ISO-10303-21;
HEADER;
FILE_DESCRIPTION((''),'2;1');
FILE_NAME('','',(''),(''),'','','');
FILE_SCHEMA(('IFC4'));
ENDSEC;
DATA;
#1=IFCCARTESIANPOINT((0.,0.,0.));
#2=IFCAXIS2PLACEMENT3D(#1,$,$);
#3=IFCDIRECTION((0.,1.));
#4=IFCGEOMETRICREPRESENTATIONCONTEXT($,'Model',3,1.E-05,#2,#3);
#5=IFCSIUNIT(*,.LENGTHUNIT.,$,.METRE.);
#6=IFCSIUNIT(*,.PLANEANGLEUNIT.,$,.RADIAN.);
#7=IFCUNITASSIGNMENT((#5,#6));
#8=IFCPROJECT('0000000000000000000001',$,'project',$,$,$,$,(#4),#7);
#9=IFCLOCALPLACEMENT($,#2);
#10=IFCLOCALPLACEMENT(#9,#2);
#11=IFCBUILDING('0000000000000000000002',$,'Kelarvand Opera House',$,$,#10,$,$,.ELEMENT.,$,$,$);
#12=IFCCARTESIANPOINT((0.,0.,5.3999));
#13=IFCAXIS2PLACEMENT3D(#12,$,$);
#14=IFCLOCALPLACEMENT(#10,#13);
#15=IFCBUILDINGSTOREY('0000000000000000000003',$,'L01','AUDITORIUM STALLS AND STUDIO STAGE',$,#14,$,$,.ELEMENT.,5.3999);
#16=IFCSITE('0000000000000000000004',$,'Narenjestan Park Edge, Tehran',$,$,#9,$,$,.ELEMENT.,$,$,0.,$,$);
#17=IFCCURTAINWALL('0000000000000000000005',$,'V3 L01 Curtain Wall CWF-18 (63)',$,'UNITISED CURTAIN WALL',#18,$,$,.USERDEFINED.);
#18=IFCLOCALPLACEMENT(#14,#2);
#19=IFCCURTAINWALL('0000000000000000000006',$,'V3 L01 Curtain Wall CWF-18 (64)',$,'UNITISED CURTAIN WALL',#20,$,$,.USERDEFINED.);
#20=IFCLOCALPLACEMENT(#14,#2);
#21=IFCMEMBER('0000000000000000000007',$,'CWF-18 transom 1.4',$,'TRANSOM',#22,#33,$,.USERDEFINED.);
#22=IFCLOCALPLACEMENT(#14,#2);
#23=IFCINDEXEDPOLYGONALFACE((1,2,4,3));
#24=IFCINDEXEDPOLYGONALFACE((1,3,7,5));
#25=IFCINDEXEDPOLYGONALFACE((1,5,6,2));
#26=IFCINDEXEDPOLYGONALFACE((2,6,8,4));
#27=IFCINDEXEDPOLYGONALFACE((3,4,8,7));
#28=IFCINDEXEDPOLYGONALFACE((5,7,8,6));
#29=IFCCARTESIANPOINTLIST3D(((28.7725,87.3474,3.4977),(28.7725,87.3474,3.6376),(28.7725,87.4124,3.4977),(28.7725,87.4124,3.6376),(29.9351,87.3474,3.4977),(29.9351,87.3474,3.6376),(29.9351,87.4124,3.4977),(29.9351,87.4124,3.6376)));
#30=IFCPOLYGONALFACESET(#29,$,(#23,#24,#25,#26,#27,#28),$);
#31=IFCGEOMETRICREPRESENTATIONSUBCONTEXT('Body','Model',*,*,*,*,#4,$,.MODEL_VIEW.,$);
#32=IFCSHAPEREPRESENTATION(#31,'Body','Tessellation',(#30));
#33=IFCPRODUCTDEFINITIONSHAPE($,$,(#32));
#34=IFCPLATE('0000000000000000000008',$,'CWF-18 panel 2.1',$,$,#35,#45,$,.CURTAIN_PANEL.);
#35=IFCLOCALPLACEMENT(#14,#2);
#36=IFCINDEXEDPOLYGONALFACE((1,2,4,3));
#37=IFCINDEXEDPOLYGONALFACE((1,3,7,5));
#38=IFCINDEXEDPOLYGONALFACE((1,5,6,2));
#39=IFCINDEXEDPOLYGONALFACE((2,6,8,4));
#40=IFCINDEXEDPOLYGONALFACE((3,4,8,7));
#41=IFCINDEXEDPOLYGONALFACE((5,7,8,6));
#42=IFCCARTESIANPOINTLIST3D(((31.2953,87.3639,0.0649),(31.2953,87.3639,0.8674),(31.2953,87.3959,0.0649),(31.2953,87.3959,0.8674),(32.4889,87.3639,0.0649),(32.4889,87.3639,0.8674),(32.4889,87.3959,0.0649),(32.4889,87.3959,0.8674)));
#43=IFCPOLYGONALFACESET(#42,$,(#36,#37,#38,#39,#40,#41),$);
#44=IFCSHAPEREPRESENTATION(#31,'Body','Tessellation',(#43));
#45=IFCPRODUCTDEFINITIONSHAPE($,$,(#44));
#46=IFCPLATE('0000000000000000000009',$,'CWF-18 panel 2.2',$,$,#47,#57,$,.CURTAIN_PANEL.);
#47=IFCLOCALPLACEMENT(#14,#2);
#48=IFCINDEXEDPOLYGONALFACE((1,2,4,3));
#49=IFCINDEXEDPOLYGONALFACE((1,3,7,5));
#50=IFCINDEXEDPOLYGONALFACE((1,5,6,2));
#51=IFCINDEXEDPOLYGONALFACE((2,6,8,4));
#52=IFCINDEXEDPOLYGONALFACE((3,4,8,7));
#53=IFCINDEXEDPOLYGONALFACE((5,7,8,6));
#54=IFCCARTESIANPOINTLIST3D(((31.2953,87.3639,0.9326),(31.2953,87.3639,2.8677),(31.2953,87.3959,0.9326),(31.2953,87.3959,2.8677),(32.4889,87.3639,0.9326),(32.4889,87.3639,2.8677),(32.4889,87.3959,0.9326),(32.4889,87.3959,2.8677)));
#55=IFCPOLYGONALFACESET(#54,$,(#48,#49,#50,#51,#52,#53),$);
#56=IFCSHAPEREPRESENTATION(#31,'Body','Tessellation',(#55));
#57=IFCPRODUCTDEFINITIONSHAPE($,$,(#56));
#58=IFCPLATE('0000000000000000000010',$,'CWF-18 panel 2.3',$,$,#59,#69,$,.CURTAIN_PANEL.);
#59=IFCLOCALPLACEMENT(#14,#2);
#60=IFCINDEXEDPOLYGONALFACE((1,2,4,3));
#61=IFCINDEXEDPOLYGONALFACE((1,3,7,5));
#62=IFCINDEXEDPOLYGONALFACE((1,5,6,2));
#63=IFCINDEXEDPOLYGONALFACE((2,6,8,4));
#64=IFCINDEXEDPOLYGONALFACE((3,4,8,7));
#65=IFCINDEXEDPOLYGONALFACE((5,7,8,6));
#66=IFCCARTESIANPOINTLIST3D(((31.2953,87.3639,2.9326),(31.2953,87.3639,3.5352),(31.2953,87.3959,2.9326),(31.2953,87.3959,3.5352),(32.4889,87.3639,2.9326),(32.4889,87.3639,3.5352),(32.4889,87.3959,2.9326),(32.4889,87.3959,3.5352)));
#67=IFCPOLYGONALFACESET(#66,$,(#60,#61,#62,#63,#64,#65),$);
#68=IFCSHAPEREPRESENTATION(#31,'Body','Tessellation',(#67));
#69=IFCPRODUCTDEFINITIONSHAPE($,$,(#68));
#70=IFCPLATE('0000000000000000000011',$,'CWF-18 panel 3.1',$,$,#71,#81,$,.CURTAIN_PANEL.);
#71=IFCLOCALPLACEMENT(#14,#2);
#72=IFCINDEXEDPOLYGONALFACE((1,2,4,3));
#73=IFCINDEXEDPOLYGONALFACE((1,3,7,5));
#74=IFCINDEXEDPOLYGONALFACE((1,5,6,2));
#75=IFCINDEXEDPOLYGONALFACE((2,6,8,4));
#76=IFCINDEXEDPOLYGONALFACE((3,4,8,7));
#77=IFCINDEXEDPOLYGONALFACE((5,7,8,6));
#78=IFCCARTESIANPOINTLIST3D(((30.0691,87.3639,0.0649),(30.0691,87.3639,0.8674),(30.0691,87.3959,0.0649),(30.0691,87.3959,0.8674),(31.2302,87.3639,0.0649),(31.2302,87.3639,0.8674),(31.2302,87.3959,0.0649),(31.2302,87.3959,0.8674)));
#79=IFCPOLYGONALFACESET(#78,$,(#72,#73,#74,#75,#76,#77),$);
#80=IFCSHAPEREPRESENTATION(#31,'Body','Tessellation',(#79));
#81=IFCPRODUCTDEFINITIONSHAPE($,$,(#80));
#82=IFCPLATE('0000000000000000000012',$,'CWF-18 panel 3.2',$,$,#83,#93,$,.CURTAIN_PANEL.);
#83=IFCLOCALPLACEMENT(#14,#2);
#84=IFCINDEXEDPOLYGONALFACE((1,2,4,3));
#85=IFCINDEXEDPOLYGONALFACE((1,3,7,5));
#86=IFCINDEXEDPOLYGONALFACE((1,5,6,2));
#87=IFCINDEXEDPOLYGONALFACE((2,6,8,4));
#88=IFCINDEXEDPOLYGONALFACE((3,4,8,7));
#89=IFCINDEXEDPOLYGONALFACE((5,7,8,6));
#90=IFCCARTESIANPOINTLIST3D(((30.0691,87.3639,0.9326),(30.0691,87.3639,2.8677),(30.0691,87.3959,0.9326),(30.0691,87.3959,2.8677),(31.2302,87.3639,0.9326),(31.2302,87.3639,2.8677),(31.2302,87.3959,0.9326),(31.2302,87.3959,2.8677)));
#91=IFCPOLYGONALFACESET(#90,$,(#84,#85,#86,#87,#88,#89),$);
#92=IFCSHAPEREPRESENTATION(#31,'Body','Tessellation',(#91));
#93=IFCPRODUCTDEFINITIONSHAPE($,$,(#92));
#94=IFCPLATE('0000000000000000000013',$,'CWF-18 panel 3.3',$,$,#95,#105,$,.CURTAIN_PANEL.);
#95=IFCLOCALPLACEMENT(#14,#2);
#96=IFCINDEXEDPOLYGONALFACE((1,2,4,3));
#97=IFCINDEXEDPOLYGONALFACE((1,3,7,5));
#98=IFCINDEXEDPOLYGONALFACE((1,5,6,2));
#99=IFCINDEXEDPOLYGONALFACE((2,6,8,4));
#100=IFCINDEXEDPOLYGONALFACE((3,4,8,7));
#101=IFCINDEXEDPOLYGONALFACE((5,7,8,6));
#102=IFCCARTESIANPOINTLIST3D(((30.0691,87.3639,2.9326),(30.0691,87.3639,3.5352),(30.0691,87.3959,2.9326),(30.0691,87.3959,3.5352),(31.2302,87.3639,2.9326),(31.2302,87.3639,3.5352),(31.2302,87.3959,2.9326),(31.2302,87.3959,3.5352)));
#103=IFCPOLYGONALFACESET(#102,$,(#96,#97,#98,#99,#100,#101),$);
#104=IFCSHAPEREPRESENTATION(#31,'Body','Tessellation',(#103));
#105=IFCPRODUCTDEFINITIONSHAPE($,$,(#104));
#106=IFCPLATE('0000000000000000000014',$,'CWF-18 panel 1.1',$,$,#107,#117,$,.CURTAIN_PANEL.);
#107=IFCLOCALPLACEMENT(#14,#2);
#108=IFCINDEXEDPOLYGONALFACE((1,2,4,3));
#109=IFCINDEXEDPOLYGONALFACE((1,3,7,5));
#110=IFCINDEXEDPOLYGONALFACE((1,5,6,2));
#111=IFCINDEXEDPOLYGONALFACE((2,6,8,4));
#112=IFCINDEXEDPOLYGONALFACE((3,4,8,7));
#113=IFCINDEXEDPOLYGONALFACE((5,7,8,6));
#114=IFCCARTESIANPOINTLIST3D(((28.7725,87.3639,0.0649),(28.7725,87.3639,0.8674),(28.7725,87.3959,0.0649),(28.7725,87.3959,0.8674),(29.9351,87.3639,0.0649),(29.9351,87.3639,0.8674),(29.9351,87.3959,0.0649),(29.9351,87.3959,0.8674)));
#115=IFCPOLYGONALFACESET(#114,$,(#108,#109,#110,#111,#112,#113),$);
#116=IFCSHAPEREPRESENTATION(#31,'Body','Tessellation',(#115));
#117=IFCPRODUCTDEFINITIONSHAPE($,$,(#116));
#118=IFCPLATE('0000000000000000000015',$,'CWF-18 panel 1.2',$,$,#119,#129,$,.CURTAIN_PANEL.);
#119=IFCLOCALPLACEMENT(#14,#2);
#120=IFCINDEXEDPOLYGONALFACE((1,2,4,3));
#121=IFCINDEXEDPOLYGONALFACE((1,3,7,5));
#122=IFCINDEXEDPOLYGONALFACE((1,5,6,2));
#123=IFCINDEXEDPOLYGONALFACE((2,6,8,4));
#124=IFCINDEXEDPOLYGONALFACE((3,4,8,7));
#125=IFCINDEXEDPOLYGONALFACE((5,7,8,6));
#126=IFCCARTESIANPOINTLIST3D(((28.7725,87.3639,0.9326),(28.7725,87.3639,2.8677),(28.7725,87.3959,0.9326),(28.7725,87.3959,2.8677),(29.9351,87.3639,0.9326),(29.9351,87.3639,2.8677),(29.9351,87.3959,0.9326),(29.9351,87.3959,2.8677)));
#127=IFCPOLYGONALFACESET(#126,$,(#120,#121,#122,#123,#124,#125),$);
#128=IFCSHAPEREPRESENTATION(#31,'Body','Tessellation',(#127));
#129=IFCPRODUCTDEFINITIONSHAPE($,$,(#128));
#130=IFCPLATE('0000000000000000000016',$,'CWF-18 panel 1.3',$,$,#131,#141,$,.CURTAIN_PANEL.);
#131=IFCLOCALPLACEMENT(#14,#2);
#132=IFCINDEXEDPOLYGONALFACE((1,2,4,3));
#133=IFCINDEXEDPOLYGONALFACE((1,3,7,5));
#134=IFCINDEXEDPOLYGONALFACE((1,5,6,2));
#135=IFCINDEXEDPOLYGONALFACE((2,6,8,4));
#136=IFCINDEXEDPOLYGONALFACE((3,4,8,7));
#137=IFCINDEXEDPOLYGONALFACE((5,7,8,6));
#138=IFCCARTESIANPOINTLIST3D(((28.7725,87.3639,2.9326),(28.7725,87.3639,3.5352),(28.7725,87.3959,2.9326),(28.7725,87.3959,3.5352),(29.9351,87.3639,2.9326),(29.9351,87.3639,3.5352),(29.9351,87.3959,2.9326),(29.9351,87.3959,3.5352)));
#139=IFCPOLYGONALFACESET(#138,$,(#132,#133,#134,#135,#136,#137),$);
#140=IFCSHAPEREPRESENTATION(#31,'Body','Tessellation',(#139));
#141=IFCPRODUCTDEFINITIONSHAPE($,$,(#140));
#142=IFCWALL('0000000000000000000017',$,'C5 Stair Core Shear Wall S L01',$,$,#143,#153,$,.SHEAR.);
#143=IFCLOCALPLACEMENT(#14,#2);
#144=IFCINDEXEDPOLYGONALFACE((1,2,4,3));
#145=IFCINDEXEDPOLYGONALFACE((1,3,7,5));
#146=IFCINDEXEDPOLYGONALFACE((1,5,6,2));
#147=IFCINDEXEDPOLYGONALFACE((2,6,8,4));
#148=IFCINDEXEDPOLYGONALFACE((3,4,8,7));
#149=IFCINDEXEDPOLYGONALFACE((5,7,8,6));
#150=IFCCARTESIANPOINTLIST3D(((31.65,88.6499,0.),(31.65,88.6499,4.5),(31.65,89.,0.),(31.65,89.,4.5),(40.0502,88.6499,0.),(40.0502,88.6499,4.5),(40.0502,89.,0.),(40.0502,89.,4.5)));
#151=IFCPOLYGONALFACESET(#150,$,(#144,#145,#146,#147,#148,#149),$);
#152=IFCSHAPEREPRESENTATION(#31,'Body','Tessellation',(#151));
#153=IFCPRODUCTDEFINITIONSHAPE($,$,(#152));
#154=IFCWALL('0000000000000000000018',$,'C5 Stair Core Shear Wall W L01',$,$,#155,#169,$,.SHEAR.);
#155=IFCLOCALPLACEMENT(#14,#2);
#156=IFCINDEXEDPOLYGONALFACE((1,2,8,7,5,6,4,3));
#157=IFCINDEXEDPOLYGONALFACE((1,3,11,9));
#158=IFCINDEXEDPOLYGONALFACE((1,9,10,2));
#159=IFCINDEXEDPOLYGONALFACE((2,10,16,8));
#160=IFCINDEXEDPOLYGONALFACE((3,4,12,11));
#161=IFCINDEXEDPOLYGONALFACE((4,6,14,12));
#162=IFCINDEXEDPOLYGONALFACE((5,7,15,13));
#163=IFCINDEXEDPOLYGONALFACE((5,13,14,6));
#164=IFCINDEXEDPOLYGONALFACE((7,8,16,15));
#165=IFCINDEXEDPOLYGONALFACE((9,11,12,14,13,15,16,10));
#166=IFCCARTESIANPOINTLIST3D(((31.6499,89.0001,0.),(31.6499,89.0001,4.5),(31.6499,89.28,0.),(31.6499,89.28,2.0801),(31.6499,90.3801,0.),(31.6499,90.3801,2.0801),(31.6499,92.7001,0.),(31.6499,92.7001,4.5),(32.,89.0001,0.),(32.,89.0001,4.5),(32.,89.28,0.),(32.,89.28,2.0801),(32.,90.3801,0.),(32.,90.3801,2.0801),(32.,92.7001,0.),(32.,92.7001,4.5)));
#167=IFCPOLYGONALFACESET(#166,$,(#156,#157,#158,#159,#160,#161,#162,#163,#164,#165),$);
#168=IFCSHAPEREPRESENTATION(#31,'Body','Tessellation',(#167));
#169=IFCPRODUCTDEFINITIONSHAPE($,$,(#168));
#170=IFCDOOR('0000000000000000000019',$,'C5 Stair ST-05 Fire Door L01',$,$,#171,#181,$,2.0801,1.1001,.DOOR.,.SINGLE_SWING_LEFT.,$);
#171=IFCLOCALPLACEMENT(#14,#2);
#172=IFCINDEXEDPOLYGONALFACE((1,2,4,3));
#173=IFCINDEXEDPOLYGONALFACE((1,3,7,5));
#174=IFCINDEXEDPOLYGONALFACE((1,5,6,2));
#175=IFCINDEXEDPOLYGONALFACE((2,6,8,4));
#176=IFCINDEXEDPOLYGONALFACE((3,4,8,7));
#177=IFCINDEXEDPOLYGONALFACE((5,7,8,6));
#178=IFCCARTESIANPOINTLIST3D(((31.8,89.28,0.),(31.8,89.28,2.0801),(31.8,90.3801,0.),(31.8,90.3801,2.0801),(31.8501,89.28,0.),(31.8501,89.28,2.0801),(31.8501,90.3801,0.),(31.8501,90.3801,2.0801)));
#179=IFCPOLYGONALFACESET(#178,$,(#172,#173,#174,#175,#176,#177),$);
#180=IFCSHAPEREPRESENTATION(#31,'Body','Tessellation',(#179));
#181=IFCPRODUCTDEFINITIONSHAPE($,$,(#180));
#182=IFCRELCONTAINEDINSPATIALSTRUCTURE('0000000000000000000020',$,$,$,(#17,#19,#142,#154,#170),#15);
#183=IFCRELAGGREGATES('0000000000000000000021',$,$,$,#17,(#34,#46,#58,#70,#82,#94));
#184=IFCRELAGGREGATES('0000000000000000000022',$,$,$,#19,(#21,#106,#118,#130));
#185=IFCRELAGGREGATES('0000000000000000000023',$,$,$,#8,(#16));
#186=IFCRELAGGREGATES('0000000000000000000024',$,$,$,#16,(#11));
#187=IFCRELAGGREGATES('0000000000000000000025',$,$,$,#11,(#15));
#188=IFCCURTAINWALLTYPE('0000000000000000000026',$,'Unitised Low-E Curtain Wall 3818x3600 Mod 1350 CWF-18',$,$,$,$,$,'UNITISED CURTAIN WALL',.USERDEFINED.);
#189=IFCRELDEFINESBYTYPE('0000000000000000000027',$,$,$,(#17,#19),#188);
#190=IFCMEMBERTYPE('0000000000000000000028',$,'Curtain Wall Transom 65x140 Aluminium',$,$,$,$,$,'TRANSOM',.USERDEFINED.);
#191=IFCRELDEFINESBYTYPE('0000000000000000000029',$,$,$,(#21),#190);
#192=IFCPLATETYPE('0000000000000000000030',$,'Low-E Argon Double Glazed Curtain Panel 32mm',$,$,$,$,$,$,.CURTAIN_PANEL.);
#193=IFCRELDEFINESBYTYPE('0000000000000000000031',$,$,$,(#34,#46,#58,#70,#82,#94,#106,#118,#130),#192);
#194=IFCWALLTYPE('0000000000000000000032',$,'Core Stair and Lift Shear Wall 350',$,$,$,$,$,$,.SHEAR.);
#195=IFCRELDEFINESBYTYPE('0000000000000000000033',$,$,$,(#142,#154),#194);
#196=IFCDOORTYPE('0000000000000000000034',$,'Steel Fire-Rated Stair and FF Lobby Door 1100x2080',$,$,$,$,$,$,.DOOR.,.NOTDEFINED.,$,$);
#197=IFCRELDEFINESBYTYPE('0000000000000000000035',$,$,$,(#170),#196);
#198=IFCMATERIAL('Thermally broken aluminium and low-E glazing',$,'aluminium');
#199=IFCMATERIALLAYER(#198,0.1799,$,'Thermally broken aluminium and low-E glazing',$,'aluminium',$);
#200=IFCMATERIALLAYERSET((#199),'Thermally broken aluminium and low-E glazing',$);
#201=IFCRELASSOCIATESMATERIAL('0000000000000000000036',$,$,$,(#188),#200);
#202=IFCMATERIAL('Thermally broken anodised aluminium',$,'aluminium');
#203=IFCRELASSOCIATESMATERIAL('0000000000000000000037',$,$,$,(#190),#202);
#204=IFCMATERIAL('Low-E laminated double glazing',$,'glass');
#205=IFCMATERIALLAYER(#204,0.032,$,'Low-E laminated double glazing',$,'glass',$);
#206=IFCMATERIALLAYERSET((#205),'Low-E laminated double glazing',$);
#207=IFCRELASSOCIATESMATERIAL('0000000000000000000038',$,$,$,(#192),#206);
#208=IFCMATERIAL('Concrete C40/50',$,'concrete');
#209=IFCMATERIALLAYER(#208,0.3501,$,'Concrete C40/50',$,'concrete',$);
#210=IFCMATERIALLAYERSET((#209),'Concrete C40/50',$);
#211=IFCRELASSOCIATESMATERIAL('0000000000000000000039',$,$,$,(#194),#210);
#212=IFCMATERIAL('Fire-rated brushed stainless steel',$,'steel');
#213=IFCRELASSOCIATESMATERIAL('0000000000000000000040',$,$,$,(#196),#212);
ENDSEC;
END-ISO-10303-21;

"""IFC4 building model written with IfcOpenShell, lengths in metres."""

from ifc_helpers import new_model, si_unit, direction, frame, frame_2d, origin, origin_2d, place, context, subcontext, project, spatial, rectangle, extrude, material, layer, layer_set, material_profile, profile_set, type_object, element, fill, aggregate, save


model = new_model("IFC4")

# Units and contexts
model_context = context("Model", 3, precision=1e-05, world=origin(), true_north=direction((0.0, 1.0)))
body_context = subcontext(model_context, "Body", "Model", "MODEL_VIEW")
ifc_project = project(units=[si_unit("LENGTHUNIT", "METRE"), si_unit("PLANEANGLEUNIT", "RADIAN")], contexts=[model_context])

# Site, building, storey
site_placement = place(None, origin())
site = spatial("IfcSite", under=ifc_project, at=site_placement, Name="Narenjestan Park Edge, Tehran", CompositionType="ELEMENT", RefElevation=0.0)
building_placement = place(site_placement, origin())
building = spatial("IfcBuilding", under=site, at=building_placement, Name="Kelarvand Opera House", CompositionType="ELEMENT")
storey_placement = place(building_placement, frame((0.0, 0.0, 5.3999)))
storey = spatial("IfcBuildingStorey", under=building, at=storey_placement, Name="L01", Description="AUDITORIUM STALLS AND STUDIO STAGE", CompositionType="ELEMENT", Elevation=5.3999)

# Curtain wall
ifc_material_1 = material(Name="Thermally broken aluminium and low-E glazing", Category="aluminium")
ifc_layer_1 = layer(ifc_material_1, 0.1799, Name="Thermally broken aluminium and low-E glazing", Category="aluminium")
ifc_layer_set_1 = layer_set([ifc_layer_1], Name="Thermally broken aluminium and low-E glazing")
curtain_wall_type = type_object("IfcCurtainWallType", Name="Unitised Low-E Curtain Wall 3818x3600 Mod 1350 CWF-18", ElementType="UNITISED CURTAIN WALL", PredefinedType="USERDEFINED", material=ifc_layer_set_1)
curtain_wall_1_placement = place(storey_placement, origin())
curtain_wall_1 = element("IfcCurtainWall", 1, at=curtain_wall_1_placement, inside=storey, type_object=curtain_wall_type, Name="V3 L01 Curtain Wall CWF-18 (63)", ObjectType="UNITISED CURTAIN WALL", PredefinedType="USERDEFINED")
ifc_material_2 = material(Name="Thermally broken anodised aluminium", Category="aluminium")

# Curtain wall
curtain_wall_2_placement = place(storey_placement, origin())
curtain_wall_2 = element("IfcCurtainWall", 2, at=curtain_wall_2_placement, inside=storey, type_object=curtain_wall_type, Name="V3 L01 Curtain Wall CWF-18 (64)", ObjectType="UNITISED CURTAIN WALL", PredefinedType="USERDEFINED")

# Member
ifc_material_profile_1 = material_profile(ifc_material_2, rectangle(XDim=0.0649, YDim=0.1399, at=origin_2d()), Name="ALU TRANSOM 65x140", Category="aluminium")
ifc_profile_set_1 = profile_set([ifc_material_profile_1], Name="Thermally broken anodised aluminium")
member_type_1 = type_object("IfcMemberType", Name="Curtain Wall Transom 65x140 Aluminium", ElementType="TRANSOM", PredefinedType="USERDEFINED", material=ifc_profile_set_1)
member_1_placement = place(storey_placement, frame((29.9351, 87.3799, 3.5676), z_axis=(-1.0, 0.0, 0.0), x_axis=(0.0, -1.0, 0.0)))
member_1 = element("IfcMember", 3, at=member_1_placement, type_object=member_type_1, Name="CWF-18 transom 1.4", ObjectType="TRANSOM", PredefinedType="USERDEFINED", context=body_context, shape_type="SweptSolid", body=[
    extrude(rectangle(XDim=0.0649, YDim=0.1399, at=origin_2d()), origin(), (0.0, 0.0, 1.0), 1.1626),
])

# Plates
ifc_material_3 = material(Name="Low-E laminated double glazing", Category="glass")
ifc_layer_2 = layer(ifc_material_3, 0.032, Name="Low-E laminated double glazing", Category="glass")
ifc_layer_set_2 = layer_set([ifc_layer_2], Name="Low-E laminated double glazing")
plate_type = type_object("IfcPlateType", Name="Low-E Argon Double Glazed Curtain Panel 32mm", PredefinedType="CURTAIN_PANEL", material=ifc_layer_set_2)
plate_1_placement = place(storey_placement, frame((31.8921, 87.3799, 0.0649), z_axis=(0.0, 0.0, 1.0), x_axis=(-1.0, 0.0, 0.0)))
plate_1 = element("IfcPlate", 4, at=plate_1_placement, type_object=plate_type, Name="CWF-18 panel 2.1", PredefinedType="CURTAIN_PANEL", context=body_context, shape_type="SweptSolid", body=[
    extrude(rectangle(XDim=1.1936, YDim=0.032, at=origin_2d()), origin(), (0.0, 0.0, 1.0), 0.8025),
])
plate_2_placement = place(storey_placement, frame((31.8921, 87.3799, 0.9326), z_axis=(0.0, 0.0, 1.0), x_axis=(-1.0, 0.0, 0.0)))
plate_2 = element("IfcPlate", 5, at=plate_2_placement, type_object=plate_type, Name="CWF-18 panel 2.2", PredefinedType="CURTAIN_PANEL", context=body_context, shape_type="SweptSolid", body=[
    extrude(rectangle(XDim=1.1936, YDim=0.032, at=origin_2d()), origin(), (0.0, 0.0, 1.0), 1.9351),
])
plate_3_placement = place(storey_placement, frame((31.8921, 87.3799, 2.9326), z_axis=(0.0, 0.0, 1.0), x_axis=(-1.0, 0.0, 0.0)))
plate_3 = element("IfcPlate", 6, at=plate_3_placement, type_object=plate_type, Name="CWF-18 panel 2.3", PredefinedType="CURTAIN_PANEL", context=body_context, shape_type="SweptSolid", body=[
    extrude(rectangle(XDim=1.1936, YDim=0.032, at=origin_2d()), origin(), (0.0, 0.0, 1.0), 0.6025),
])
plate_4_placement = place(storey_placement, frame((30.6497, 87.3799, 0.0649), z_axis=(0.0, 0.0, 1.0), x_axis=(-1.0, 0.0, 0.0)))
plate_4 = element("IfcPlate", 7, at=plate_4_placement, type_object=plate_type, Name="CWF-18 panel 3.1", PredefinedType="CURTAIN_PANEL", context=body_context, shape_type="SweptSolid", body=[
    extrude(rectangle(XDim=1.1611, YDim=0.032, at=origin_2d()), origin(), (0.0, 0.0, 1.0), 0.8025),
])
plate_5_placement = place(storey_placement, frame((30.6497, 87.3799, 0.9326), z_axis=(0.0, 0.0, 1.0), x_axis=(-1.0, 0.0, 0.0)))
plate_5 = element("IfcPlate", 8, at=plate_5_placement, type_object=plate_type, Name="CWF-18 panel 3.2", PredefinedType="CURTAIN_PANEL", context=body_context, shape_type="SweptSolid", body=[
    extrude(rectangle(XDim=1.1611, YDim=0.032, at=origin_2d()), origin(), (0.0, 0.0, 1.0), 1.9351),
])
plate_6_placement = place(storey_placement, frame((30.6497, 87.3799, 2.9326), z_axis=(0.0, 0.0, 1.0), x_axis=(-1.0, 0.0, 0.0)))
plate_6 = element("IfcPlate", 9, at=plate_6_placement, type_object=plate_type, Name="CWF-18 panel 3.3", PredefinedType="CURTAIN_PANEL", context=body_context, shape_type="SweptSolid", body=[
    extrude(rectangle(XDim=1.1611, YDim=0.032, at=origin_2d()), origin(), (0.0, 0.0, 1.0), 0.6025),
])
aggregate(curtain_wall_1, [plate_1, plate_2, plate_3, plate_4, plate_5, plate_6])
plate_7_placement = place(storey_placement, frame((29.3538, 87.3799, 0.0649), z_axis=(0.0, 0.0, 1.0), x_axis=(-1.0, 0.0, 0.0)))
plate_7 = element("IfcPlate", 10, at=plate_7_placement, type_object=plate_type, Name="CWF-18 panel 1.1", PredefinedType="CURTAIN_PANEL", context=body_context, shape_type="SweptSolid", body=[
    extrude(rectangle(XDim=1.1626, YDim=0.032, at=origin_2d()), origin(), (0.0, 0.0, 1.0), 0.8025),
])
plate_8_placement = place(storey_placement, frame((29.3538, 87.3799, 0.9326), z_axis=(0.0, 0.0, 1.0), x_axis=(-1.0, 0.0, 0.0)))
plate_8 = element("IfcPlate", 11, at=plate_8_placement, type_object=plate_type, Name="CWF-18 panel 1.2", PredefinedType="CURTAIN_PANEL", context=body_context, shape_type="SweptSolid", body=[
    extrude(rectangle(XDim=1.1626, YDim=0.032, at=origin_2d()), origin(), (0.0, 0.0, 1.0), 1.9351),
])
plate_9_placement = place(storey_placement, frame((29.3538, 87.3799, 2.9326), z_axis=(0.0, 0.0, 1.0), x_axis=(-1.0, 0.0, 0.0)))
plate_9 = element("IfcPlate", 12, at=plate_9_placement, type_object=plate_type, Name="CWF-18 panel 1.3", PredefinedType="CURTAIN_PANEL", context=body_context, shape_type="SweptSolid", body=[
    extrude(rectangle(XDim=1.1626, YDim=0.032, at=origin_2d()), origin(), (0.0, 0.0, 1.0), 0.6025),
])
aggregate(curtain_wall_2, [member_1, plate_7, plate_8, plate_9])

# Wall
ifc_material_4 = material(Name="Concrete C40/50", Category="concrete")
ifc_layer_3 = layer(ifc_material_4, 0.3501, Name="Concrete C40/50", Category="concrete")
ifc_layer_set_3 = layer_set([ifc_layer_3], Name="Concrete C40/50")
wall_type = type_object("IfcWallType", Name="Core Stair and Lift Shear Wall 350", PredefinedType="SHEAR", material=ifc_layer_set_3)
wall_1_placement = place(storey_placement, frame((31.6499, 88.825, 0.0), z_axis=(0.0, 0.0, 1.0), x_axis=(1.0, 0.0, 0.0)))
element("IfcWall", 13, at=wall_1_placement, inside=storey, type_object=wall_type, Name="C5 Stair Core Shear Wall S L01", PredefinedType="SHEAR", context=body_context, shape_type="SweptSolid", body=[
    extrude(rectangle(XDim=8.4001, YDim=0.3501, at=frame_2d((4.2002, 0.0))), origin(), (0.0, 0.0, 1.0), 4.5),
])

# Wall, opening, door
wall_2_placement = place(storey_placement, frame((31.825, 89.0, 0.0), z_axis=(0.0, 0.0, 1.0), x_axis=(0.0, 1.0, 0.0)))
wall_2 = element("IfcWall", 14, at=wall_2_placement, inside=storey, type_object=wall_type, Name="C5 Stair Core Shear Wall W L01", PredefinedType="SHEAR", context=body_context, shape_type="SweptSolid", body=[
    extrude(rectangle(XDim=3.7, YDim=0.3501, at=frame_2d((1.8501, 0.0))), origin(), (0.0, 0.0, 1.0), 4.5),
])
opening_placement = place(wall_2_placement, frame((0.28, 0.0, 0.0)))
opening = element("IfcOpeningElement", 15, at=opening_placement, cuts=wall_2, PredefinedType="OPENING", context=body_context, shape_type="SweptSolid", body=[
    extrude(rectangle(XDim=1.1001, YDim=2.0801, at=frame_2d((0.55, 1.04))), frame((0.0, 0.1851, 0.0), z_axis=(0.0, -1.0, 0.0), x_axis=(1.0, 0.0, 0.0)), (0.0, 0.0, 1.0), 0.3701),
])
ifc_material_5 = material(Name="Fire-rated brushed stainless steel", Category="steel")
door_type = type_object("IfcDoorType", Name="Steel Fire-Rated Stair and FF Lobby Door 1100x2080", OperationType="NOTDEFINED", PredefinedType="DOOR", material=ifc_material_5)
door_placement = place(opening_placement, origin())
door = element("IfcDoor", 16, at=door_placement, inside=storey, type_object=door_type, Name="C5 Stair ST-05 Fire Door L01", OperationType="SINGLE_SWING_LEFT", OverallHeight=2.0801, OverallWidth=1.1001, PredefinedType="DOOR", context=body_context, shape_type="SweptSolid", body=[
    extrude(rectangle(XDim=1.1001, YDim=2.0801, at=frame_2d((0.55, 1.04))), frame((0.0, 0.0249, 0.0), z_axis=(0.0, -1.0, 0.0), x_axis=(1.0, 0.0, 0.0)), (0.0, 0.0, 1.0), 0.05),
])
fill(opening, door)

save(model, "model.ifc")
